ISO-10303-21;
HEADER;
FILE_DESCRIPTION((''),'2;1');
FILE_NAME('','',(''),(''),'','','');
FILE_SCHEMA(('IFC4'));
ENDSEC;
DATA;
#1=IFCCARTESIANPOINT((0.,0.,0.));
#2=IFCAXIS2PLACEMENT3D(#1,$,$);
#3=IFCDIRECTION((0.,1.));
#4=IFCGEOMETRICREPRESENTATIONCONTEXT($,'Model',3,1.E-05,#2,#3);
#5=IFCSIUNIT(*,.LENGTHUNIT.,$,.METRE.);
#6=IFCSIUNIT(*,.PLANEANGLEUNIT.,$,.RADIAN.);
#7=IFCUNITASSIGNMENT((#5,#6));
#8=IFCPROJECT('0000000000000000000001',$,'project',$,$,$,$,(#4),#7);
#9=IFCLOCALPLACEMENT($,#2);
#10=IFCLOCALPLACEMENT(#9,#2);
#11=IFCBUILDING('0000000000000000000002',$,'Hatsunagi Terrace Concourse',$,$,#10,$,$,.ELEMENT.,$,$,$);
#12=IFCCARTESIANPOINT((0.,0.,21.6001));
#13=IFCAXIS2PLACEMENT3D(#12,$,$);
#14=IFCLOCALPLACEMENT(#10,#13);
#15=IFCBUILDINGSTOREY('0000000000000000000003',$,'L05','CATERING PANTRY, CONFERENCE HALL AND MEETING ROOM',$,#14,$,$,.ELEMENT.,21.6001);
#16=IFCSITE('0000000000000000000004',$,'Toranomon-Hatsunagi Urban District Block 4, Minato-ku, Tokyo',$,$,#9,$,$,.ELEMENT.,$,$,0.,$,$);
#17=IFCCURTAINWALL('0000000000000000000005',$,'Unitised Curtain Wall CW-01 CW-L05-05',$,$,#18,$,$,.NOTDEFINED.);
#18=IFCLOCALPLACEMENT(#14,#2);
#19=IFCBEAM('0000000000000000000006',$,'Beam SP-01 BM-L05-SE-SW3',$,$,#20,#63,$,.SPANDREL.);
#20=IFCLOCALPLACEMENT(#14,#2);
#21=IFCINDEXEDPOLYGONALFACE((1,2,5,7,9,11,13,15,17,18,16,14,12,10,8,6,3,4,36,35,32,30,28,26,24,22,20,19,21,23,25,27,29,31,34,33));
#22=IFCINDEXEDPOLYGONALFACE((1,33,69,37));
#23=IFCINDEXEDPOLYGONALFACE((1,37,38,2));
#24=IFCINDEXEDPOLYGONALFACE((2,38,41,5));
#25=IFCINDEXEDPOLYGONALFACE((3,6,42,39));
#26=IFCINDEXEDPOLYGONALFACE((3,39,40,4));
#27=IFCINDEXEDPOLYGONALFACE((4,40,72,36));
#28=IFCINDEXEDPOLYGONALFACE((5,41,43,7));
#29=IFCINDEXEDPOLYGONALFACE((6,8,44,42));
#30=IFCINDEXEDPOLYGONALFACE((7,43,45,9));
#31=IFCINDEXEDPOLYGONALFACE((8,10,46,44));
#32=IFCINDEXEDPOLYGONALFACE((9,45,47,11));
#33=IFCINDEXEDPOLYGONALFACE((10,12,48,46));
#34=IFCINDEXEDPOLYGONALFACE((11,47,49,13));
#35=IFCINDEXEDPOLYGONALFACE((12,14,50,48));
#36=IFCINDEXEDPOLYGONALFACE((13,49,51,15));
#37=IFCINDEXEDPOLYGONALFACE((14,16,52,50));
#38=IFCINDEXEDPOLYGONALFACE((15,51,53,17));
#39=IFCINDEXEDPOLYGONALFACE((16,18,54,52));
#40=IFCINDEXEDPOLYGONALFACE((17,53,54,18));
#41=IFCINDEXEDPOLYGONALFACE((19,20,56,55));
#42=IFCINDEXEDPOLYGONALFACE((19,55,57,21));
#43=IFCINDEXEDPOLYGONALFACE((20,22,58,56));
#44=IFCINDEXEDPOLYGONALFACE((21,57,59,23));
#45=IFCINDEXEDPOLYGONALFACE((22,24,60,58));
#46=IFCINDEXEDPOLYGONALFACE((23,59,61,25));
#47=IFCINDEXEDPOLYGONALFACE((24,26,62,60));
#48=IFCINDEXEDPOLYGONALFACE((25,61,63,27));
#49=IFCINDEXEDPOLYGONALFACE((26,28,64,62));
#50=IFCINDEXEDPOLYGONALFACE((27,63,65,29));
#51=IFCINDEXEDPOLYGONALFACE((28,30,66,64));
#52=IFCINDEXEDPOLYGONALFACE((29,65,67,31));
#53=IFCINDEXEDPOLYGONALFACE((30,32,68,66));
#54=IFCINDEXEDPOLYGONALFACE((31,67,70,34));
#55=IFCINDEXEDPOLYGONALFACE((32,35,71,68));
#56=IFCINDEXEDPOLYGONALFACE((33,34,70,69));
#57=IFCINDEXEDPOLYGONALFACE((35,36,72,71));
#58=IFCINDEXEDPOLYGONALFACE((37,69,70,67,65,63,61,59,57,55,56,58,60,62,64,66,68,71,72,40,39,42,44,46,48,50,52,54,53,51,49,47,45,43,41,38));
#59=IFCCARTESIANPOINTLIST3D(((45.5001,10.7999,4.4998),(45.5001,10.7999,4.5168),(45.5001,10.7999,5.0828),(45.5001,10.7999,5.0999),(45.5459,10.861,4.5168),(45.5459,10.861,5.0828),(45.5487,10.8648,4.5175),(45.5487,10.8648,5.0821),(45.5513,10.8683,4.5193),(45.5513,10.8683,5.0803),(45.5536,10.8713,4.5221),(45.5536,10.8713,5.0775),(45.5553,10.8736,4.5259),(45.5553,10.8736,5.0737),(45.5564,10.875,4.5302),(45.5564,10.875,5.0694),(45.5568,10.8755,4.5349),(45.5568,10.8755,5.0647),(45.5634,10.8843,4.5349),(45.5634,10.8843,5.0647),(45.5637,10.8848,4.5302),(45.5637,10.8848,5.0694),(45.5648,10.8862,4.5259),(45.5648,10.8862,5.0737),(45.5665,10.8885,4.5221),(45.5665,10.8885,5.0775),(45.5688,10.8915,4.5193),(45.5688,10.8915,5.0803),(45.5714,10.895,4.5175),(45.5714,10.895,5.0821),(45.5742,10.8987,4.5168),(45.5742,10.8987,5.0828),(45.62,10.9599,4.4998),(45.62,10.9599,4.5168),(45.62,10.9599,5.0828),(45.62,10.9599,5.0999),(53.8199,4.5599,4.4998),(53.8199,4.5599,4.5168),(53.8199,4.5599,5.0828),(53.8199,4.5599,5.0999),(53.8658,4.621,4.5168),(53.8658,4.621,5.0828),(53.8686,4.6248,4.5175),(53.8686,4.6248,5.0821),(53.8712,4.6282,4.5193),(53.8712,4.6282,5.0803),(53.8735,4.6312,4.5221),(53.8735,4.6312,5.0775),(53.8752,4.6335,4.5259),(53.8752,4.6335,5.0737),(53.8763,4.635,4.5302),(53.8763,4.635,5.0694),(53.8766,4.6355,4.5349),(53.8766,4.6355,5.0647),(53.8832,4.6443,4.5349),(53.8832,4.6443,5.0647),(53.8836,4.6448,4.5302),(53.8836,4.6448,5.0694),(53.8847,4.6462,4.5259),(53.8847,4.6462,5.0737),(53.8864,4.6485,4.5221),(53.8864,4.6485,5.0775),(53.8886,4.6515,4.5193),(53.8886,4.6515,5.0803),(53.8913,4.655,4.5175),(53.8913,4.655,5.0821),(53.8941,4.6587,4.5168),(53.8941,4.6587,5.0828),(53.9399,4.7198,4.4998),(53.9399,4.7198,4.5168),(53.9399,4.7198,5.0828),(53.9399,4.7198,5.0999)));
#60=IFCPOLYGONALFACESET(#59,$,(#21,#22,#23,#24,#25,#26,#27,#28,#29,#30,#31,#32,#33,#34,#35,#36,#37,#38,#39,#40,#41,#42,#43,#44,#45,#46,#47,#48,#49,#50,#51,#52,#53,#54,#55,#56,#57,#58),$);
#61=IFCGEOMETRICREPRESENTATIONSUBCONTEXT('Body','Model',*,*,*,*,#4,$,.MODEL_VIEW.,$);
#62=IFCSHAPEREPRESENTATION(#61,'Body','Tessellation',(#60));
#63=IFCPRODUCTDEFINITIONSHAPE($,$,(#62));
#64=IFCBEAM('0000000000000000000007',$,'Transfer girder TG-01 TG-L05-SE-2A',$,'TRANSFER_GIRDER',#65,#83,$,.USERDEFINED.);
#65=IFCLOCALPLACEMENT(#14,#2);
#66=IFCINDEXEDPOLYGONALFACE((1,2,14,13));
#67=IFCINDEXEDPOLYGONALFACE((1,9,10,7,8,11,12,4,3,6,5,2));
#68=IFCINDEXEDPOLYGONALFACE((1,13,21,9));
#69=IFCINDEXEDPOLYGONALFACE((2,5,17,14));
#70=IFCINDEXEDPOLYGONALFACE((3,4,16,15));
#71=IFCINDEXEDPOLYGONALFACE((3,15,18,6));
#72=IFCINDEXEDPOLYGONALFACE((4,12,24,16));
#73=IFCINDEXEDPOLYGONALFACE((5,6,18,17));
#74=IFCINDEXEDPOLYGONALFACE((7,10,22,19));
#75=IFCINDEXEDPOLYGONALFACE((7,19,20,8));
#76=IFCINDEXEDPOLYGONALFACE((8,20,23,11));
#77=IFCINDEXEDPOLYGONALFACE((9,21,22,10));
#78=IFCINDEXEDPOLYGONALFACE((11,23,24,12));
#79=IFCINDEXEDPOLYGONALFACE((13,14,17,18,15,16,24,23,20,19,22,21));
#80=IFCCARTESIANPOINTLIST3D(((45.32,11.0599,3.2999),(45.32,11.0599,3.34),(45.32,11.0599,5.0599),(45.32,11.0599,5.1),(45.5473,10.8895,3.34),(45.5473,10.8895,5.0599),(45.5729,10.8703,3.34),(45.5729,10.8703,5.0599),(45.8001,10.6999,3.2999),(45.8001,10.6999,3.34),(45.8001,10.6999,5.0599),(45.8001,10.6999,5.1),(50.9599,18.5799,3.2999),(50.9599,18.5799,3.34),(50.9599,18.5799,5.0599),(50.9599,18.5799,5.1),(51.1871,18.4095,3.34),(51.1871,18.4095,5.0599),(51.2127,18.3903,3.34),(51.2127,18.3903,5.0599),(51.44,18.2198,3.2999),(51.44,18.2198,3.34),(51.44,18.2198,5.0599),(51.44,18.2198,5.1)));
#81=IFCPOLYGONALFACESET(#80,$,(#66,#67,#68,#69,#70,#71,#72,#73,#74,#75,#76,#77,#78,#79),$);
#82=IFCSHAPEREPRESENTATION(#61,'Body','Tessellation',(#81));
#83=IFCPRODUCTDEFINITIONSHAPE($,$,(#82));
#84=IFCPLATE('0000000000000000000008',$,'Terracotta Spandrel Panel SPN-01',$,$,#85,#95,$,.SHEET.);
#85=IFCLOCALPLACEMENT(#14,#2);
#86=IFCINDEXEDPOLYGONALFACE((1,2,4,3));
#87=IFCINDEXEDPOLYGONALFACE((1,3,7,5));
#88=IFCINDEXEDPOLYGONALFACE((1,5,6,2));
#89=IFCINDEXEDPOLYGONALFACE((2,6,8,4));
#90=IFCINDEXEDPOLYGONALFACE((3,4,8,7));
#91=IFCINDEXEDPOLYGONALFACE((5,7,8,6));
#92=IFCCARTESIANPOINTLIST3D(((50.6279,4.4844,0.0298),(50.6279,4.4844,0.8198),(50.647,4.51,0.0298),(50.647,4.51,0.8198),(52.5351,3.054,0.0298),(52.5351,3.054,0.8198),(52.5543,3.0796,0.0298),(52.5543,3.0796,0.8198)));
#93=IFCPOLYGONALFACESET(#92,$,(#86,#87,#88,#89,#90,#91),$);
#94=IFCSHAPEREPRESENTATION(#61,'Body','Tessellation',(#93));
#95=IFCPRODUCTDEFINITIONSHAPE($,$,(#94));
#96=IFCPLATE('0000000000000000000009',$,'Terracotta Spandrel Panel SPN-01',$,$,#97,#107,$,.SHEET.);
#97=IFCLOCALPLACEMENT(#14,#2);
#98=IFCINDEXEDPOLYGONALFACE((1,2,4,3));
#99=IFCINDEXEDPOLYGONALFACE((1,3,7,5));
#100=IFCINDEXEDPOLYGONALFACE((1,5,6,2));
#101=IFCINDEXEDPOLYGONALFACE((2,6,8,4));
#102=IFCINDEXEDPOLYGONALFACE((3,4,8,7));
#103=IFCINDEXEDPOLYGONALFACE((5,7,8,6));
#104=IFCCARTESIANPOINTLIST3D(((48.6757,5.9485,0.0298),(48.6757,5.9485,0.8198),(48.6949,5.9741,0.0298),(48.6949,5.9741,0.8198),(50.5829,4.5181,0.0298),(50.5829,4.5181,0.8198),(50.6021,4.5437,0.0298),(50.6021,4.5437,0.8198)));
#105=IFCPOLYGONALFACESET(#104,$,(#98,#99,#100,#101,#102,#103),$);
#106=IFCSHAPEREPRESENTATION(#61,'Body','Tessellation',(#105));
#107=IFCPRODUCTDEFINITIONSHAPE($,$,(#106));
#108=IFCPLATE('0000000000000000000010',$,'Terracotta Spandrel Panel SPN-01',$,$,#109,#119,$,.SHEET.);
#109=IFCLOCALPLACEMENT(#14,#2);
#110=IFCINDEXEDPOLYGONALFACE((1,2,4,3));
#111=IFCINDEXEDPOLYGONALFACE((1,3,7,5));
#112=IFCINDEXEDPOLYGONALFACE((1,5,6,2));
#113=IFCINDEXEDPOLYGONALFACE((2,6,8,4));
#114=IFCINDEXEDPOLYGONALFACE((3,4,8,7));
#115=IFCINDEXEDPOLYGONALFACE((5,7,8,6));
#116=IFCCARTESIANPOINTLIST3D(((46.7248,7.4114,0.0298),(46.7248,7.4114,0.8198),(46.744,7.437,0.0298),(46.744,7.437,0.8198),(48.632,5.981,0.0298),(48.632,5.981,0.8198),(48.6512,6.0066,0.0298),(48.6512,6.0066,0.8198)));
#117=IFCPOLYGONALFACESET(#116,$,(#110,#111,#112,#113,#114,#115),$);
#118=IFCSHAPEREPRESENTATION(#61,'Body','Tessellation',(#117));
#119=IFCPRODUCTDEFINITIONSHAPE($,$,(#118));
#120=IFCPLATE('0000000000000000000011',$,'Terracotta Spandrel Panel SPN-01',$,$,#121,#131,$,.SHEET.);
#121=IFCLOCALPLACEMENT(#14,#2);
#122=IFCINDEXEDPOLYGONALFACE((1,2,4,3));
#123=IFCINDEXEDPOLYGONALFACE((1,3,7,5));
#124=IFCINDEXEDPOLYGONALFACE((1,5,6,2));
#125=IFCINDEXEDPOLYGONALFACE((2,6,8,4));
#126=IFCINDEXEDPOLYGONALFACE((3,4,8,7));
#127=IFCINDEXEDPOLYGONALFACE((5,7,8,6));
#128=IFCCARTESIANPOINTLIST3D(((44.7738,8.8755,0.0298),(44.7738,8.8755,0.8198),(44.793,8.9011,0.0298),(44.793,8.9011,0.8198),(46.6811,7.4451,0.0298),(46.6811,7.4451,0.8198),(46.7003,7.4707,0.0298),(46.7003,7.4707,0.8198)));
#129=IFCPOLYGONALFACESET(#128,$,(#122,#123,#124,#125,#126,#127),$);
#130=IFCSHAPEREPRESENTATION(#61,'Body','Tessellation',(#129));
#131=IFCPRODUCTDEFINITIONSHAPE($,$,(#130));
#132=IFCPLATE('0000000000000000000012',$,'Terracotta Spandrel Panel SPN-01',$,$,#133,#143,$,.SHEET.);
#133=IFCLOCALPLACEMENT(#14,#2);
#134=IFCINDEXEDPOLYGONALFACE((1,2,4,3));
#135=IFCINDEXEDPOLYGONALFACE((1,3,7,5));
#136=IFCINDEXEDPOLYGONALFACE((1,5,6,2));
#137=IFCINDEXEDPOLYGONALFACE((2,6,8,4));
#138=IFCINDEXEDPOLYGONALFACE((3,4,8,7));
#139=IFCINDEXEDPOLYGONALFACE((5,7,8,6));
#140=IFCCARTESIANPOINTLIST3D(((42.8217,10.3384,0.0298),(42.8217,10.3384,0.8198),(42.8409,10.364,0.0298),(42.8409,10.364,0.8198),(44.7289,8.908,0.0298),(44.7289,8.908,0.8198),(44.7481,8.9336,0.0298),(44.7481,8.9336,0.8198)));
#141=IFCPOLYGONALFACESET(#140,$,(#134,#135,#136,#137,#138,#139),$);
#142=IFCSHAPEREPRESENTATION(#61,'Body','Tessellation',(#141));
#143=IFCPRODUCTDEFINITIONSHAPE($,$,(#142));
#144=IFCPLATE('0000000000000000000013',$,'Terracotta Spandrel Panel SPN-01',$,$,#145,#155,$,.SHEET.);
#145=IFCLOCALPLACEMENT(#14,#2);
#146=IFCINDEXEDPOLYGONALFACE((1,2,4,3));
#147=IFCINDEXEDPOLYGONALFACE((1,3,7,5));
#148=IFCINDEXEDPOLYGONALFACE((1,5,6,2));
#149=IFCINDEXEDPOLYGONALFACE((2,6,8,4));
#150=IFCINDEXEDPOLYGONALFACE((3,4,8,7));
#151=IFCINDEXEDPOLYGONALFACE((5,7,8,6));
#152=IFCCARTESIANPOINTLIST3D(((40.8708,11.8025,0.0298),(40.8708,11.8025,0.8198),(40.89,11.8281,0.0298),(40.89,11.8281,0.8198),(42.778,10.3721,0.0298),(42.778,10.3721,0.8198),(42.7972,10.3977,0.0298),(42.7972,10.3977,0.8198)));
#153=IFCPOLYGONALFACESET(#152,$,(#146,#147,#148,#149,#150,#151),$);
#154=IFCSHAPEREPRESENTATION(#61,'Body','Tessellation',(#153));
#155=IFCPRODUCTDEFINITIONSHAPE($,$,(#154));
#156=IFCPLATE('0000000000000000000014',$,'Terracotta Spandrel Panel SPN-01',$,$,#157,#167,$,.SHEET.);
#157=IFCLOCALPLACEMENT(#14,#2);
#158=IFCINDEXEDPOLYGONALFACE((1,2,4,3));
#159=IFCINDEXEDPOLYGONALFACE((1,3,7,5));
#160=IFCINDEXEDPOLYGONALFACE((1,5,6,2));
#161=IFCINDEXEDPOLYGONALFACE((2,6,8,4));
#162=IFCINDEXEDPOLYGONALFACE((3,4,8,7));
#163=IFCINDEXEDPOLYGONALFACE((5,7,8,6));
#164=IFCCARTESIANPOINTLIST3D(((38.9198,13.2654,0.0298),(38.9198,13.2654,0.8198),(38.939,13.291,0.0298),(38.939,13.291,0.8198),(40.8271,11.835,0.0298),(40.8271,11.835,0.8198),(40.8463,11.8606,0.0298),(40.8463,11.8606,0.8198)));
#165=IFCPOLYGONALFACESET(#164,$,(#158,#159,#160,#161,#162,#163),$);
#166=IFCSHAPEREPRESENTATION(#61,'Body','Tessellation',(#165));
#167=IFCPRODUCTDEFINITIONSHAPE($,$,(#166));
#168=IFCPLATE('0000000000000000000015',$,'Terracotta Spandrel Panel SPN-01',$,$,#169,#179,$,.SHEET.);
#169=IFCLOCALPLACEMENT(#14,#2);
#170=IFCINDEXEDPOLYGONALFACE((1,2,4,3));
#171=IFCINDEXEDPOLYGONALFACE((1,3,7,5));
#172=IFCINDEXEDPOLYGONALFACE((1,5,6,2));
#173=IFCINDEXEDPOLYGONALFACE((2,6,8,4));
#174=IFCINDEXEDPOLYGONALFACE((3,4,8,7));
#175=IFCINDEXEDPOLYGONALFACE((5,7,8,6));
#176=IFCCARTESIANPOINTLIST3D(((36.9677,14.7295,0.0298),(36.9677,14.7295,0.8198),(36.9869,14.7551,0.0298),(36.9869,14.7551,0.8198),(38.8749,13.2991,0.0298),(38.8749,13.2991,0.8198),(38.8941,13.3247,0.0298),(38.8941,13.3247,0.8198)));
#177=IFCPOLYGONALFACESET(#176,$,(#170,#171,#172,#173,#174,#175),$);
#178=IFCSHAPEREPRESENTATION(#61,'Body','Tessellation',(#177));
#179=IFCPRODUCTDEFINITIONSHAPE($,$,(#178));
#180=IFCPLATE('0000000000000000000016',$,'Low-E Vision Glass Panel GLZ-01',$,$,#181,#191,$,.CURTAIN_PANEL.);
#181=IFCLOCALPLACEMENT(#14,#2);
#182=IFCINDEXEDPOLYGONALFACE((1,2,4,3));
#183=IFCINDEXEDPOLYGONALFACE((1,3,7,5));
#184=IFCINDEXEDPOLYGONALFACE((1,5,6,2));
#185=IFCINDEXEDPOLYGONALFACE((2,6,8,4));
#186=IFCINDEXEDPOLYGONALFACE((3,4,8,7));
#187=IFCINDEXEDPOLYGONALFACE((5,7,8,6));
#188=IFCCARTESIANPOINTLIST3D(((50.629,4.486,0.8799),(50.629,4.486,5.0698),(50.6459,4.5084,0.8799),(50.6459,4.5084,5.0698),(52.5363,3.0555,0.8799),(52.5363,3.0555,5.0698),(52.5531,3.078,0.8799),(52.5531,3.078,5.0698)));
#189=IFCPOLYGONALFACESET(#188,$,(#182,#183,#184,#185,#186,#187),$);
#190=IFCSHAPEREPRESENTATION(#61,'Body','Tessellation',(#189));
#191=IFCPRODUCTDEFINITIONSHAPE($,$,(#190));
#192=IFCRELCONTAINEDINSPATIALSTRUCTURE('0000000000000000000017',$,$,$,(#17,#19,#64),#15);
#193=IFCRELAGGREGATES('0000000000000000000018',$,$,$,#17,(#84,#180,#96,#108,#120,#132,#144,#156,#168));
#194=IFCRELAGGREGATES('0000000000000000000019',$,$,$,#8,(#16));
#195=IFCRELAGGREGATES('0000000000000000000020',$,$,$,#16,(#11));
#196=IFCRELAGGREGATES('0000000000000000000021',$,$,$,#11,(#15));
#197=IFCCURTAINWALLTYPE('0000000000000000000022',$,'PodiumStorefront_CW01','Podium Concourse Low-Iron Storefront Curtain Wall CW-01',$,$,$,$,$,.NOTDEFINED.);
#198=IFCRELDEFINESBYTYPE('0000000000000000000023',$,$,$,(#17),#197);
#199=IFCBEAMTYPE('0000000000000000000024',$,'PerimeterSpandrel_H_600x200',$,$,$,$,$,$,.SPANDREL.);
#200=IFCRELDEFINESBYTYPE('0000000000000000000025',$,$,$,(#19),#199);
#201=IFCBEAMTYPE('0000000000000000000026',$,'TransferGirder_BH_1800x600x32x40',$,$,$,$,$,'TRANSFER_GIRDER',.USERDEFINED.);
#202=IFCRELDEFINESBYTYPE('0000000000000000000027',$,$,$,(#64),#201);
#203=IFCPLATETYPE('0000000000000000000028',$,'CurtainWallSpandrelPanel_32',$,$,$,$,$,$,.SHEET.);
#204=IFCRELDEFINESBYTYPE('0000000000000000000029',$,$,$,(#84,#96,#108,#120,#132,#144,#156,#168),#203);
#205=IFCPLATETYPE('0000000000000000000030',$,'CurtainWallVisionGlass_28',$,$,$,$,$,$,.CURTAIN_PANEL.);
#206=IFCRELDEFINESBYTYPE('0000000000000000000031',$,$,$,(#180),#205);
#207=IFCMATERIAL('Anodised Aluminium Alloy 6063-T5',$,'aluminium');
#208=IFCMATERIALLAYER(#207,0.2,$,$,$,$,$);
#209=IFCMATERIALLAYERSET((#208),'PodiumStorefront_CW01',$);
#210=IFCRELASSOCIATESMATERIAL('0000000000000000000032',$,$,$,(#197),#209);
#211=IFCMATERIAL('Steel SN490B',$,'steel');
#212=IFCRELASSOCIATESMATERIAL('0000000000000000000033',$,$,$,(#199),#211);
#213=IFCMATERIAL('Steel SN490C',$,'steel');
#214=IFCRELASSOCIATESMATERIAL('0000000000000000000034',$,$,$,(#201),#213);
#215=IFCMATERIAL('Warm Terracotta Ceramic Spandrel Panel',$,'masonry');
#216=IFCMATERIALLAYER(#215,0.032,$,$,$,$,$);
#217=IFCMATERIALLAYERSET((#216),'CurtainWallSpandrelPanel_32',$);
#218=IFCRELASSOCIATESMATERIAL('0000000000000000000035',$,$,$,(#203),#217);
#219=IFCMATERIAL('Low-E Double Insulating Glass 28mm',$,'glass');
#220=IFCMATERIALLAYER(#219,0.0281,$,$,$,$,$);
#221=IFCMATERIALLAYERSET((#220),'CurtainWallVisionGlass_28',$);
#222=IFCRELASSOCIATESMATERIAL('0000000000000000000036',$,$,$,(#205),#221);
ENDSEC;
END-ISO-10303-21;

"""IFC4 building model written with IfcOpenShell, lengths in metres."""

from ifc_helpers import new_model, si_unit, direction, frame, origin, origin_2d, place, context, subcontext, project, spatial, rectangle, i_section, extrude, material, layer, layer_set, material_profile, profile_set, type_object, element, aggregate, save


model = new_model("IFC4")

# Units and contexts
model_context = context("Model", 3, precision=1e-05, world=origin(), true_north=direction((0.0, 1.0)))
body_context = subcontext(model_context, "Body", "Model", "MODEL_VIEW")
ifc_project = project(units=[si_unit("LENGTHUNIT", "METRE"), si_unit("PLANEANGLEUNIT", "RADIAN")], contexts=[model_context])

# Site, building, storey
site_placement = place(None, origin())
site = spatial("IfcSite", under=ifc_project, at=site_placement, Name="Toranomon-Hatsunagi Urban District Block 4, Minato-ku, Tokyo", CompositionType="ELEMENT", RefElevation=0.0)
building_placement = place(site_placement, origin())
building = spatial("IfcBuilding", under=site, at=building_placement, Name="Hatsunagi Terrace Concourse", CompositionType="ELEMENT")
storey_placement = place(building_placement, frame((0.0, 0.0, 21.6001)))
storey = spatial("IfcBuildingStorey", under=building, at=storey_placement, Name="L05", Description="CATERING PANTRY, CONFERENCE HALL AND MEETING ROOM", CompositionType="ELEMENT", Elevation=21.6001)

# Curtain wall
ifc_material_1 = material(Name="Anodised Aluminium Alloy 6063-T5", Category="aluminium")
ifc_layer_1 = layer(ifc_material_1, 0.2)
ifc_layer_set_1 = layer_set([ifc_layer_1], Name="PodiumStorefront_CW01")
curtain_wall_type = type_object("IfcCurtainWallType", Name="PodiumStorefront_CW01", Description="Podium Concourse Low-Iron Storefront Curtain Wall CW-01", PredefinedType="NOTDEFINED", material=ifc_layer_set_1)
curtain_wall_placement = place(storey_placement, origin())
curtain_wall = element("IfcCurtainWall", 1, at=curtain_wall_placement, inside=storey, type_object=curtain_wall_type, Name="Unitised Curtain Wall CW-01 CW-L05-05", PredefinedType="NOTDEFINED")

# Beams
ifc_material_2 = material(Name="Steel SN490B", Category="steel")
ifc_material_profile_1 = material_profile(ifc_material_2, i_section(OverallWidth=0.2, OverallDepth=0.6001, WebThickness=0.011, FlangeThickness=0.0171, FilletRadius=0.0181, at=origin_2d()), Name="H-600x200x11x17")
ifc_profile_set_1 = profile_set([ifc_material_profile_1], Name="Steel SN490B")
beam_type_1 = type_object("IfcBeamType", Name="PerimeterSpandrel_H_600x200", PredefinedType="SPANDREL", material=ifc_profile_set_1)
beam_1_placement = place(storey_placement, frame((45.5601, 10.8799, 4.7998), z_axis=(0.799994, -0.600008, 0.0), x_axis=(0.600008, 0.799994, 0.0)))
element("IfcBeam", 2, at=beam_1_placement, inside=storey, type_object=beam_type_1, Name="Beam SP-01 BM-L05-SE-SW3", PredefinedType="SPANDREL", context=body_context, shape_type="SweptSolid", body=[
    extrude(i_section(OverallWidth=0.2, OverallDepth=0.6001, WebThickness=0.011, FlangeThickness=0.0171, FilletRadius=0.0181, at=origin_2d()), origin(), (0.0, 0.0, 1.0), 10.3999),
])
ifc_material_3 = material(Name="Steel SN490C", Category="steel")
ifc_material_profile_2 = material_profile(ifc_material_3, i_section(OverallWidth=0.6001, OverallDepth=1.8, WebThickness=0.032, FlangeThickness=0.04, at=origin_2d()), Name="BH-1800x600x32x40")
ifc_profile_set_2 = profile_set([ifc_material_profile_2], Name="Steel SN490C")
beam_type_2 = type_object("IfcBeamType", Name="TransferGirder_BH_1800x600x32x40", ElementType="TRANSFER_GIRDER", PredefinedType="USERDEFINED", material=ifc_profile_set_2)
beam_2_placement = place(storey_placement, frame((45.5601, 10.8799, 4.2), z_axis=(0.599992, 0.800006, 0.0), x_axis=(-0.800006, 0.599992, 0.0)))
element("IfcBeam", 3, at=beam_2_placement, inside=storey, type_object=beam_type_2, Name="Transfer girder TG-01 TG-L05-SE-2A", ObjectType="TRANSFER_GIRDER", PredefinedType="USERDEFINED", context=body_context, shape_type="SweptSolid", body=[
    extrude(i_section(OverallWidth=0.6001, OverallDepth=1.8, WebThickness=0.032, FlangeThickness=0.04, at=origin_2d()), origin(), (0.0, 0.0, 1.0), 9.3999),
])

# Plates
ifc_material_4 = material(Name="Warm Terracotta Ceramic Spandrel Panel", Category="masonry")
ifc_layer_2 = layer(ifc_material_4, 0.032)
ifc_layer_set_2 = layer_set([ifc_layer_2], Name="CurtainWallSpandrelPanel_32")
plate_type_1 = type_object("IfcPlateType", Name="CurtainWallSpandrelPanel_32", PredefinedType="SHEET", material=ifc_layer_set_2)
plate_1_placement = place(storey_placement, frame((51.5911, 3.782, 0.0298), z_axis=(0.0, 0.0, 1.0), x_axis=(-0.800003, 0.599996, 0.0)))
plate_1 = element("IfcPlate", 4, at=plate_1_placement, type_object=plate_type_1, Name="Terracotta Spandrel Panel SPN-01", PredefinedType="SHEET", context=body_context, shape_type="SweptSolid", body=[
    extrude(rectangle(XDim=2.384, YDim=0.032, at=origin_2d()), origin(), (0.0, 0.0, 1.0), 0.79),
])
plate_2_placement = place(storey_placement, frame((49.6389, 5.2461, 0.0298), z_axis=(0.0, 0.0, 1.0), x_axis=(-0.800003, 0.599996, 0.0)))
plate_2 = element("IfcPlate", 5, at=plate_2_placement, type_object=plate_type_1, Name="Terracotta Spandrel Panel SPN-01", PredefinedType="SHEET", context=body_context, shape_type="SweptSolid", body=[
    extrude(rectangle(XDim=2.384, YDim=0.032, at=origin_2d()), origin(), (0.0, 0.0, 1.0), 0.79),
])
plate_3_placement = place(storey_placement, frame((47.688, 6.709, 0.0298), z_axis=(0.0, 0.0, 1.0), x_axis=(-0.800003, 0.599996, 0.0)))
plate_3 = element("IfcPlate", 6, at=plate_3_placement, type_object=plate_type_1, Name="Terracotta Spandrel Panel SPN-01", PredefinedType="SHEET", context=body_context, shape_type="SweptSolid", body=[
    extrude(rectangle(XDim=2.384, YDim=0.032, at=origin_2d()), origin(), (0.0, 0.0, 1.0), 0.79),
])
plate_4_placement = place(storey_placement, frame((45.7371, 8.1731, 0.0298), z_axis=(0.0, 0.0, 1.0), x_axis=(-0.800003, 0.599996, 0.0)))
plate_4 = element("IfcPlate", 7, at=plate_4_placement, type_object=plate_type_1, Name="Terracotta Spandrel Panel SPN-01", PredefinedType="SHEET", context=body_context, shape_type="SweptSolid", body=[
    extrude(rectangle(XDim=2.384, YDim=0.032, at=origin_2d()), origin(), (0.0, 0.0, 1.0), 0.79),
])
plate_5_placement = place(storey_placement, frame((43.7849, 9.636, 0.0298), z_axis=(0.0, 0.0, 1.0), x_axis=(-0.800003, 0.599996, 0.0)))
plate_5 = element("IfcPlate", 8, at=plate_5_placement, type_object=plate_type_1, Name="Terracotta Spandrel Panel SPN-01", PredefinedType="SHEET", context=body_context, shape_type="SweptSolid", body=[
    extrude(rectangle(XDim=2.384, YDim=0.032, at=origin_2d()), origin(), (0.0, 0.0, 1.0), 0.79),
])
plate_6_placement = place(storey_placement, frame((41.834, 11.1001, 0.0298), z_axis=(0.0, 0.0, 1.0), x_axis=(-0.800003, 0.599996, 0.0)))
plate_6 = element("IfcPlate", 9, at=plate_6_placement, type_object=plate_type_1, Name="Terracotta Spandrel Panel SPN-01", PredefinedType="SHEET", context=body_context, shape_type="SweptSolid", body=[
    extrude(rectangle(XDim=2.384, YDim=0.032, at=origin_2d()), origin(), (0.0, 0.0, 1.0), 0.79),
])
plate_7_placement = place(storey_placement, frame((39.8831, 12.563, 0.0298), z_axis=(0.0, 0.0, 1.0), x_axis=(-0.800003, 0.599996, 0.0)))
plate_7 = element("IfcPlate", 10, at=plate_7_placement, type_object=plate_type_1, Name="Terracotta Spandrel Panel SPN-01", PredefinedType="SHEET", context=body_context, shape_type="SweptSolid", body=[
    extrude(rectangle(XDim=2.384, YDim=0.032, at=origin_2d()), origin(), (0.0, 0.0, 1.0), 0.79),
])
plate_8_placement = place(storey_placement, frame((37.9309, 14.0271, 0.0298), z_axis=(0.0, 0.0, 1.0), x_axis=(-0.800003, 0.599996, 0.0)))
plate_8 = element("IfcPlate", 11, at=plate_8_placement, type_object=plate_type_1, Name="Terracotta Spandrel Panel SPN-01", PredefinedType="SHEET", context=body_context, shape_type="SweptSolid", body=[
    extrude(rectangle(XDim=2.384, YDim=0.032, at=origin_2d()), origin(), (0.0, 0.0, 1.0), 0.79),
])
ifc_material_5 = material(Name="Low-E Double Insulating Glass 28mm", Category="glass")
ifc_layer_3 = layer(ifc_material_5, 0.0281)
ifc_layer_set_3 = layer_set([ifc_layer_3], Name="CurtainWallVisionGlass_28")
plate_type_2 = type_object("IfcPlateType", Name="CurtainWallVisionGlass_28", PredefinedType="CURTAIN_PANEL", material=ifc_layer_set_3)
plate_9_placement = place(storey_placement, frame((51.5911, 3.782, 0.8799), z_axis=(0.0, 0.0, 1.0), x_axis=(-0.800003, 0.599996, 0.0)))
plate_9 = element("IfcPlate", 12, at=plate_9_placement, type_object=plate_type_2, Name="Low-E Vision Glass Panel GLZ-01", PredefinedType="CURTAIN_PANEL", context=body_context, shape_type="SweptSolid", body=[
    extrude(rectangle(XDim=2.384, YDim=0.0281, at=origin_2d()), origin(), (0.0, 0.0, 1.0), 4.1899),
])
aggregate(curtain_wall, [plate_1, plate_9, plate_2, plate_3, plate_4, plate_5, plate_6, plate_7, plate_8])

save(model, "model.ifc")
